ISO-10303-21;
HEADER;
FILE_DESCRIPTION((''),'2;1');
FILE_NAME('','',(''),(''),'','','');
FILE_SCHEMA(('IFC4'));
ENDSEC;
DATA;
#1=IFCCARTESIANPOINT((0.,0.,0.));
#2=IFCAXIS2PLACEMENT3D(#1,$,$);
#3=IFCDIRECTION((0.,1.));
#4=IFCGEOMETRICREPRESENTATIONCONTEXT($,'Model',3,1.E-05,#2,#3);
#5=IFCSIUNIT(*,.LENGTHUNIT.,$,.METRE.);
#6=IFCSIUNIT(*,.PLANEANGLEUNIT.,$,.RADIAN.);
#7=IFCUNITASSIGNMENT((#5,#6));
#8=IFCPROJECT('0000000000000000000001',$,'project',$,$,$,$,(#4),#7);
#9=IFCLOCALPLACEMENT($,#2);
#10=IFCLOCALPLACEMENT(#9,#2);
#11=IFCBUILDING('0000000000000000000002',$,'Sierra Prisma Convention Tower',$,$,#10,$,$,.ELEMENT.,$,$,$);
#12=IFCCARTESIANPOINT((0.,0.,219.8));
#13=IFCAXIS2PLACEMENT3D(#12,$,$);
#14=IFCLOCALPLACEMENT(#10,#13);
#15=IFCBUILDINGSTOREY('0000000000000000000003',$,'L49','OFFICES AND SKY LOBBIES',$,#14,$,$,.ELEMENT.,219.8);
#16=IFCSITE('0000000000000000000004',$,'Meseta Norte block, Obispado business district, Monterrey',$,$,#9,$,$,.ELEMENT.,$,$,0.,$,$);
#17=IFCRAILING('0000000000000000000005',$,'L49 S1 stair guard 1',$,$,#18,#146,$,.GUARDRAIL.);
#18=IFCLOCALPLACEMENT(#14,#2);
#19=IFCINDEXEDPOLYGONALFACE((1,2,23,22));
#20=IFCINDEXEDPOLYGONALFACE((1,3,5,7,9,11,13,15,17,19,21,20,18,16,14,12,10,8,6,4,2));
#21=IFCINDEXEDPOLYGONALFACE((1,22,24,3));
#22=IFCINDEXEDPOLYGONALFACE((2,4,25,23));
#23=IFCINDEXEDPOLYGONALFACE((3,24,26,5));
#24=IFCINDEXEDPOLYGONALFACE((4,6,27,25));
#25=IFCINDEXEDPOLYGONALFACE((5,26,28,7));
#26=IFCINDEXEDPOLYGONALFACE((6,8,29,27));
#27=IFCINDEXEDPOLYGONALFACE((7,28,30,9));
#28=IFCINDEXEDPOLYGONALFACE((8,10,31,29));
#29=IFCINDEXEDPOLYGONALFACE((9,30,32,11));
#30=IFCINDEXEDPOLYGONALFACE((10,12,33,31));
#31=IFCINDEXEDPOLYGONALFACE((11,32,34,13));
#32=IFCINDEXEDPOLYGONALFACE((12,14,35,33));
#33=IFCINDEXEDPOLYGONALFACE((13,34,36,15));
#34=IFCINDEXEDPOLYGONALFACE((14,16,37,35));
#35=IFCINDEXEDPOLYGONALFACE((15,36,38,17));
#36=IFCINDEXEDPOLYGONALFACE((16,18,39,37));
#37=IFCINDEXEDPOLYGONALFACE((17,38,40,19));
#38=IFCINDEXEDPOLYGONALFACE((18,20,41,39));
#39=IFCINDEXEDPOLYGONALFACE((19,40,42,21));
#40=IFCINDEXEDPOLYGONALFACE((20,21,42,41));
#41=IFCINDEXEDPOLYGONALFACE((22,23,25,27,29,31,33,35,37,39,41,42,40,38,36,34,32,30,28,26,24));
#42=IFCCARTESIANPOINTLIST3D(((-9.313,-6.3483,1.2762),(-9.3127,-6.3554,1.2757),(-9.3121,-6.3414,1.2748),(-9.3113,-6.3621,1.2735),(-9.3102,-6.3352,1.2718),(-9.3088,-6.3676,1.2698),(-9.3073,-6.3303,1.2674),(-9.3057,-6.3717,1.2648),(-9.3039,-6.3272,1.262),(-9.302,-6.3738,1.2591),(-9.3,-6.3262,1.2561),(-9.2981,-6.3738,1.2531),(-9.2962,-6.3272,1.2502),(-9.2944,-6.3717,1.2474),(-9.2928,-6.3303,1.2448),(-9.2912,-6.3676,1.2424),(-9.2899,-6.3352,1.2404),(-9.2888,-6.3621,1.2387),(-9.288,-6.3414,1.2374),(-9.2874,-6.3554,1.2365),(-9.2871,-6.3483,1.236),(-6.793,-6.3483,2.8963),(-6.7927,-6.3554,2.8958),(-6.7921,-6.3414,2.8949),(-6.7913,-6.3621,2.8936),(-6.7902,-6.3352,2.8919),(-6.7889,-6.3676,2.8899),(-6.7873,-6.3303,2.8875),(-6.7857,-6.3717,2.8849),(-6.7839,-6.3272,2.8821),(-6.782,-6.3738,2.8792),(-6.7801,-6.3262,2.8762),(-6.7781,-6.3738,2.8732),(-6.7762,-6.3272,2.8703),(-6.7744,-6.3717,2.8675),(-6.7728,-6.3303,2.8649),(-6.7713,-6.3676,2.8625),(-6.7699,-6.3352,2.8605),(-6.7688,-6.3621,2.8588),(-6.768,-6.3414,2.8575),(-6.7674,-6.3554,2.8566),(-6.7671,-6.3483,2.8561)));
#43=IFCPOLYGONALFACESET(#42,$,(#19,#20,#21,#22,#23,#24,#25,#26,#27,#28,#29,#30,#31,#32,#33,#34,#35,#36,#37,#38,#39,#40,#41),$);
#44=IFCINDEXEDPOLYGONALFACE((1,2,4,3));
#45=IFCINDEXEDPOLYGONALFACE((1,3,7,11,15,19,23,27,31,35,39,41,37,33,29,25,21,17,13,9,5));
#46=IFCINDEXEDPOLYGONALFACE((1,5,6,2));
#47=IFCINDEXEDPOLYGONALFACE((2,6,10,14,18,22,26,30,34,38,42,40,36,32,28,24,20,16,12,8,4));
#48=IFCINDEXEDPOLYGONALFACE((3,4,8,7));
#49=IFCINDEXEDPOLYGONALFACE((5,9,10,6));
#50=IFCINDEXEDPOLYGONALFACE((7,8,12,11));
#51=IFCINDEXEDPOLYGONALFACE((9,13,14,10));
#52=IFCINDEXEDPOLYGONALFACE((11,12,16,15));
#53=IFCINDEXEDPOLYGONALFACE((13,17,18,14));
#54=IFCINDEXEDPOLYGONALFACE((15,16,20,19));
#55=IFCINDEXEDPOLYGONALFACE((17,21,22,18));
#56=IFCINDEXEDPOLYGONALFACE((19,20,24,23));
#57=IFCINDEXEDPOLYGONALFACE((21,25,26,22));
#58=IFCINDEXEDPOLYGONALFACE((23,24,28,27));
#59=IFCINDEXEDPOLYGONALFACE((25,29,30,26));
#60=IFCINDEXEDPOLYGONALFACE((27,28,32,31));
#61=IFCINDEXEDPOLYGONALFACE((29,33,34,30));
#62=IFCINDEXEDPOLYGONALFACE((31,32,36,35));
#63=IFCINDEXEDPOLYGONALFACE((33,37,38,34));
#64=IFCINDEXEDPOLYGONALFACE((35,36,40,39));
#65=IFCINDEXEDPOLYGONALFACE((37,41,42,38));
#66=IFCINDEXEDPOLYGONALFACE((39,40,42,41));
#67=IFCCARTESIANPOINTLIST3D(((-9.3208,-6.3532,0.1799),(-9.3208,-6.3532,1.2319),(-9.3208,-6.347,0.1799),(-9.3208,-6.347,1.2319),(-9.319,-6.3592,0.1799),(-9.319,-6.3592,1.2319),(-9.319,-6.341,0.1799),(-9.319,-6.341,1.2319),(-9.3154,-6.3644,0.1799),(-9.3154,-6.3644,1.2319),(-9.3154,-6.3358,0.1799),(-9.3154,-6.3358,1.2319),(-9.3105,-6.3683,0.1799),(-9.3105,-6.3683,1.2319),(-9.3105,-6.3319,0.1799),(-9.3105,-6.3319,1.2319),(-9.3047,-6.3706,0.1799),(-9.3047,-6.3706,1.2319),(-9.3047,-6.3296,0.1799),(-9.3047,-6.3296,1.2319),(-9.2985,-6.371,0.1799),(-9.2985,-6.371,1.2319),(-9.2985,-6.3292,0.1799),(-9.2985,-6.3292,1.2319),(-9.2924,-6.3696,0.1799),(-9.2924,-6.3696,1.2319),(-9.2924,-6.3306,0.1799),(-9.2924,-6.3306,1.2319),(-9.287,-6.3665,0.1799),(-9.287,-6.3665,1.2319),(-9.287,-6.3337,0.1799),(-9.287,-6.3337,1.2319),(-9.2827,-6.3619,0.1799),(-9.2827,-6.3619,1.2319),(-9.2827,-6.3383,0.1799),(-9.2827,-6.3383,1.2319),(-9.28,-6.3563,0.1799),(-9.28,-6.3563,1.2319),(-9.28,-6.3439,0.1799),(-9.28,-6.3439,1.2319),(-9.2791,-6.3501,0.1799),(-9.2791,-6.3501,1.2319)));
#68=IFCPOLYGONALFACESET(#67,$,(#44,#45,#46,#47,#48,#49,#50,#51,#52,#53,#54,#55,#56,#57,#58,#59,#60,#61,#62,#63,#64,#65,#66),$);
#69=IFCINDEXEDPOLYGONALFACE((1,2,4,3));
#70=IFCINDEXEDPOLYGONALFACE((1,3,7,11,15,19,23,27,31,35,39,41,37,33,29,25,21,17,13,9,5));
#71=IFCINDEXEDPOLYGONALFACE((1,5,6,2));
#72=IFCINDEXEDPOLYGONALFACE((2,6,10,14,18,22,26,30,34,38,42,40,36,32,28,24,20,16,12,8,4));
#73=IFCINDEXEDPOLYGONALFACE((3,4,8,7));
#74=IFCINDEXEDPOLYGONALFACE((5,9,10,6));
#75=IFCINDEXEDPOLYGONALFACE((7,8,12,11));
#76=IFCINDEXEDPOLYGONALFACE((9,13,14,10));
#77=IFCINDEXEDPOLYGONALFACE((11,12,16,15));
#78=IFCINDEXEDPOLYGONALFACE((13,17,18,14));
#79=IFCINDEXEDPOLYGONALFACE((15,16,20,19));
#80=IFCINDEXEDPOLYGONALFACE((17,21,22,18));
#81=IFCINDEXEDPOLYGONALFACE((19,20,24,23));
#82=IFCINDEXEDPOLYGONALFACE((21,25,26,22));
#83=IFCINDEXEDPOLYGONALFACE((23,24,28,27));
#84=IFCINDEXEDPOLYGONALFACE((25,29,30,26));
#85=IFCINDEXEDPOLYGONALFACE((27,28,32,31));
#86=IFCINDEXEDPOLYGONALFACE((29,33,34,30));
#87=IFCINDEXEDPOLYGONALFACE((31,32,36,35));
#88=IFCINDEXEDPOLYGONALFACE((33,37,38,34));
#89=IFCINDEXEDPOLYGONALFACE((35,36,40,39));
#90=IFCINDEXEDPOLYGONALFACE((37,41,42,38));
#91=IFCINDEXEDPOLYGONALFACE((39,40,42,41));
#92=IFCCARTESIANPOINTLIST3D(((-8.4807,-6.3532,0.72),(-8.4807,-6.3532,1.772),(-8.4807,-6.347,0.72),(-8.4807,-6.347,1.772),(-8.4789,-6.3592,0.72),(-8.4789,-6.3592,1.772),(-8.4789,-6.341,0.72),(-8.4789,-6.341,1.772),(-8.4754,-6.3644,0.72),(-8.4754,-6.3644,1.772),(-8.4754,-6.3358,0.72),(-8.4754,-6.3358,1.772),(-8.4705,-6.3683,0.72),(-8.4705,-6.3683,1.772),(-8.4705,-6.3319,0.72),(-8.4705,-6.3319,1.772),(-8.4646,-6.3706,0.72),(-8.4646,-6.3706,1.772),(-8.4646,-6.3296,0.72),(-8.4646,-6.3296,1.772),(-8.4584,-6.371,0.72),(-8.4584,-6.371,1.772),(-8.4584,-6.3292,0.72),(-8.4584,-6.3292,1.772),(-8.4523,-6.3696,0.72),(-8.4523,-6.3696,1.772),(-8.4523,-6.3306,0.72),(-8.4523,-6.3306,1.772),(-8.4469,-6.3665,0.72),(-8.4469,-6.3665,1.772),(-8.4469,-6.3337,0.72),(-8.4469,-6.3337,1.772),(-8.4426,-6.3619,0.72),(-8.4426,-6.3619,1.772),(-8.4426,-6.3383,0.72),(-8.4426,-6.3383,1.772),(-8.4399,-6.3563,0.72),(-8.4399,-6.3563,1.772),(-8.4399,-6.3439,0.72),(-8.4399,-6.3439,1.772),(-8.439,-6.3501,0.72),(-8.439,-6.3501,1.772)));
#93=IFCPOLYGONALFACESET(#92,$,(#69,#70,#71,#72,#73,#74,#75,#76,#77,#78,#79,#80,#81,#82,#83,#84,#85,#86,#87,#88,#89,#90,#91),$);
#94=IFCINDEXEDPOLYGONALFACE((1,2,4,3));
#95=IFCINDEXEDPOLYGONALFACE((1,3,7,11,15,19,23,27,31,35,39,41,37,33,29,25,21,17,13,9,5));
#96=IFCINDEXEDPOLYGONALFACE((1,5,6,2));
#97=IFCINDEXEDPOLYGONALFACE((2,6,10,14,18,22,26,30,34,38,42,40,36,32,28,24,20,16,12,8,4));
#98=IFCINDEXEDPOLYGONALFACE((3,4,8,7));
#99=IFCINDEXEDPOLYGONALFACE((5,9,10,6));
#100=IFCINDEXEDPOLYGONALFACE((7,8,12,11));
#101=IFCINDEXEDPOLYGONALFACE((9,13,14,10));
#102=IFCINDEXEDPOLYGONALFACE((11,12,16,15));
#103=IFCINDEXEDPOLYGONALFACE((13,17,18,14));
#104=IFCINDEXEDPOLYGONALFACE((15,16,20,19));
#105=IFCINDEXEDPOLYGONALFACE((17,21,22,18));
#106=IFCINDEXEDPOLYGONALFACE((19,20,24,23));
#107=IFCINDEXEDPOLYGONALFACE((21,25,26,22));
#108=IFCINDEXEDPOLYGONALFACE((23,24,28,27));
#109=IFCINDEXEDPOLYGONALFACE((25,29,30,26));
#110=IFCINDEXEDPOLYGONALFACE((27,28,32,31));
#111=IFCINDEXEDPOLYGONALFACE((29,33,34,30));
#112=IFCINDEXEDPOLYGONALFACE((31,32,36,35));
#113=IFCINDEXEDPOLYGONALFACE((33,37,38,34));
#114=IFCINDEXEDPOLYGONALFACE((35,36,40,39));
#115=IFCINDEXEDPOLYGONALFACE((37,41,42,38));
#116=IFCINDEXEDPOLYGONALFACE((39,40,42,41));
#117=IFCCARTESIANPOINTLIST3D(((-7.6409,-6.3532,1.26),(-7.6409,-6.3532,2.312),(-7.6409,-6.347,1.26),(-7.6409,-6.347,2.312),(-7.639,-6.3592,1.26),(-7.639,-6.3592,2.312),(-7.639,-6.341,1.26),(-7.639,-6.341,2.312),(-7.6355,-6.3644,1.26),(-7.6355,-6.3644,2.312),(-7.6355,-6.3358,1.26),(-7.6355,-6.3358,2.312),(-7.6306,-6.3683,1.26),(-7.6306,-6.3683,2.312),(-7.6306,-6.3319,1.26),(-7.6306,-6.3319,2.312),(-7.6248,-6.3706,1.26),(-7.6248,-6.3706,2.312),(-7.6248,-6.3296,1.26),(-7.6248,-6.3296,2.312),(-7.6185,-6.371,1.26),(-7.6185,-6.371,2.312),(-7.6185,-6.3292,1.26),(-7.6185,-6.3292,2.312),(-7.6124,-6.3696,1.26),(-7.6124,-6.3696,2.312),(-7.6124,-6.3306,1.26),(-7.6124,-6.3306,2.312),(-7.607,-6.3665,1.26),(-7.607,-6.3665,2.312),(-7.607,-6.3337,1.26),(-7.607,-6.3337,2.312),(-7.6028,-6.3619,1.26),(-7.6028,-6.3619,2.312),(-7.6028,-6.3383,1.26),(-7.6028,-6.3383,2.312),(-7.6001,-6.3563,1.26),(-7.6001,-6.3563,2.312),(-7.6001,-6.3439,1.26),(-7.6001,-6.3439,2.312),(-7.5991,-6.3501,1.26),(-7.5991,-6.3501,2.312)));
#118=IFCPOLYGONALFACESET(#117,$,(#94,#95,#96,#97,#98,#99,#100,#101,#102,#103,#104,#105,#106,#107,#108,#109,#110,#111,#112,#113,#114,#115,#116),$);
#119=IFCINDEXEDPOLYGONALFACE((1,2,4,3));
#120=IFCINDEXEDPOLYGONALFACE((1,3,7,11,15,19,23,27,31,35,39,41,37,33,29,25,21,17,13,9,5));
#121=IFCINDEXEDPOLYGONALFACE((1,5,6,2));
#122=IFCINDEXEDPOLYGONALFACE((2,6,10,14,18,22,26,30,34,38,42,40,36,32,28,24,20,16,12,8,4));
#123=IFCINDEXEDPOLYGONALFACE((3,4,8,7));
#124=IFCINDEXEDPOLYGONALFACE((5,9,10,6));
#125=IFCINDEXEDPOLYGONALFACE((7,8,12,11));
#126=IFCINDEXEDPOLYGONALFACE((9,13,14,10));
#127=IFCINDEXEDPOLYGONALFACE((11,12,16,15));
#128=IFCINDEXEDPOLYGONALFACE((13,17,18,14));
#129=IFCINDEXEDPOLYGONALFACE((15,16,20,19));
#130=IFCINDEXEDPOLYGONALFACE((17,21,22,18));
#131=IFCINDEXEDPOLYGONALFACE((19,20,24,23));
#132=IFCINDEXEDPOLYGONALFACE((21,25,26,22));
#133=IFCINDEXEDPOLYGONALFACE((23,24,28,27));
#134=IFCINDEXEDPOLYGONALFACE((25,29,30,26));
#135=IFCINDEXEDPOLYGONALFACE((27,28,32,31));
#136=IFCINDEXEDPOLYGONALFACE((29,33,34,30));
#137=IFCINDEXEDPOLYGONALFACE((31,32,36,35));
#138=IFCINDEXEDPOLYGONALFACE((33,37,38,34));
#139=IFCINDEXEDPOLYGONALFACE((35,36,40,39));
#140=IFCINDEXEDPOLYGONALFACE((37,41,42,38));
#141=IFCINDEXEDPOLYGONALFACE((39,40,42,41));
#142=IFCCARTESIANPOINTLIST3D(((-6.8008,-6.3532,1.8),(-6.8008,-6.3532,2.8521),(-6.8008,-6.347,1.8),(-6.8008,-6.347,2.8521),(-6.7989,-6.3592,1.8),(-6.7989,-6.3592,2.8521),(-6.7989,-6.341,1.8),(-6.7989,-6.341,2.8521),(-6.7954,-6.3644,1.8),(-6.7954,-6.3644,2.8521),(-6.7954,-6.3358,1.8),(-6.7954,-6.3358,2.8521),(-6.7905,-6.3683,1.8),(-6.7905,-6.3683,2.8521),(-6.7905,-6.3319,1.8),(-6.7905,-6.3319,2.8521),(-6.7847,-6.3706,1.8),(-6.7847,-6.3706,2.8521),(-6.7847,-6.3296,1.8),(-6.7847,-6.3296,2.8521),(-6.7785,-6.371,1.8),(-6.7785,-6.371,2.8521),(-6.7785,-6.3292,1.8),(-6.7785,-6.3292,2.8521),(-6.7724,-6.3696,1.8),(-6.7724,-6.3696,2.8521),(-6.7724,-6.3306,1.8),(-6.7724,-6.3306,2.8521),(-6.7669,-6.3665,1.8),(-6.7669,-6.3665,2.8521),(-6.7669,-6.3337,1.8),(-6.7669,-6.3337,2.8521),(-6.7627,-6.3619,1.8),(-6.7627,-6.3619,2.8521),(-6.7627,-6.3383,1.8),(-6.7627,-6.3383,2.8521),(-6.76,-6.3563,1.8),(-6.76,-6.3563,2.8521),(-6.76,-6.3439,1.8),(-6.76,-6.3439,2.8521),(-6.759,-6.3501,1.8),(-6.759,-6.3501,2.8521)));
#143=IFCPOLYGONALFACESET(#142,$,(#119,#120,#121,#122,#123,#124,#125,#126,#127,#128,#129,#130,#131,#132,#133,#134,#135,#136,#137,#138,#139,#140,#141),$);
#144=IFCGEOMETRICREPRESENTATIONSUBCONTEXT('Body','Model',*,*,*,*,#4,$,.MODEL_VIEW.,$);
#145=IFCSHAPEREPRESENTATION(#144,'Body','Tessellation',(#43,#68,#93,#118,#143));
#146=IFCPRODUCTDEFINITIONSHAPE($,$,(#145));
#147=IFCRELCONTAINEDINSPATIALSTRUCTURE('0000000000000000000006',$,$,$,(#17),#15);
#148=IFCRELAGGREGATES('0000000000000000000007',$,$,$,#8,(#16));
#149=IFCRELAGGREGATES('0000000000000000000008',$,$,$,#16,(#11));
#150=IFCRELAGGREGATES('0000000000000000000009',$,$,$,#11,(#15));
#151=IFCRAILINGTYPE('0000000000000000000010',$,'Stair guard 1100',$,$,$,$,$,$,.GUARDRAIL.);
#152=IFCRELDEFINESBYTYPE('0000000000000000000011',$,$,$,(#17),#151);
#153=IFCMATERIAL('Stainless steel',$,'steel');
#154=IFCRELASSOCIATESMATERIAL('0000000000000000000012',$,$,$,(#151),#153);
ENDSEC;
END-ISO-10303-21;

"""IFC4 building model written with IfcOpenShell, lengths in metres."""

from ifc_helpers import new_model, si_unit, direction, frame, origin, origin_2d, place, context, subcontext, project, spatial, circle, extrude, material, type_object, element, save


model = new_model("IFC4")

# Units and contexts
model_context = context("Model", 3, precision=1e-05, world=origin(), true_north=direction((0.0, 1.0)))
body_context = subcontext(model_context, "Body", "Model", "MODEL_VIEW")
ifc_project = project(units=[si_unit("LENGTHUNIT", "METRE"), si_unit("PLANEANGLEUNIT", "RADIAN")], contexts=[model_context])

# Site, building, storey
site_placement = place(None, origin())
site = spatial("IfcSite", under=ifc_project, at=site_placement, Name="Meseta Norte block, Obispado business district, Monterrey", CompositionType="ELEMENT", RefElevation=0.0)
building_placement = place(site_placement, origin())
building = spatial("IfcBuilding", under=site, at=building_placement, Name="Sierra Prisma Convention Tower", CompositionType="ELEMENT")
storey_placement = place(building_placement, frame((0.0, 0.0, 219.8)))
storey = spatial("IfcBuildingStorey", under=building, at=storey_placement, Name="L49", Description="OFFICES AND SKY LOBBIES", CompositionType="ELEMENT", Elevation=219.8)

# Railing
ifc_material_1 = material(Name="Stainless steel", Category="steel")
railing_type_1 = type_object("IfcRailingType", Name="Stair guard 1100", PredefinedType="GUARDRAIL", material=ifc_material_1)
railing_1_placement = place(storey_placement, frame((-9.3, -6.3501, 0.1799)))
element("IfcRailing", 1, at=railing_1_placement, inside=storey, type_object=railing_type_1, Name="L49 S1 stair guard 1", PredefinedType="GUARDRAIL", context=body_context, shape_type="SweptSolid", body=[
    extrude(circle(Radius=0.0239, at=origin_2d()), frame((0.0, 0.0, 1.0762), z_axis=(0.841163, 0.0, 0.540782), x_axis=(0.0, 1.0, 0.0)), (0.0, 0.0, 1.0), 2.9958),
    extrude(circle(Radius=0.021, at=origin_2d()), origin(), (0.0, 0.0, 1.0), 1.052),
    extrude(circle(Radius=0.021, at=origin_2d()), frame((0.8401, 0.0, 0.54)), (0.0, 0.0, 1.0), 1.052),
    extrude(circle(Radius=0.021, at=origin_2d()), frame((1.6799, 0.0, 1.0801)), (0.0, 0.0, 1.0), 1.052),
    extrude(circle(Radius=0.021, at=origin_2d()), frame((2.52, 0.0, 1.6201)), (0.0, 0.0, 1.0), 1.052),
])

save(model, "model.ifc")
